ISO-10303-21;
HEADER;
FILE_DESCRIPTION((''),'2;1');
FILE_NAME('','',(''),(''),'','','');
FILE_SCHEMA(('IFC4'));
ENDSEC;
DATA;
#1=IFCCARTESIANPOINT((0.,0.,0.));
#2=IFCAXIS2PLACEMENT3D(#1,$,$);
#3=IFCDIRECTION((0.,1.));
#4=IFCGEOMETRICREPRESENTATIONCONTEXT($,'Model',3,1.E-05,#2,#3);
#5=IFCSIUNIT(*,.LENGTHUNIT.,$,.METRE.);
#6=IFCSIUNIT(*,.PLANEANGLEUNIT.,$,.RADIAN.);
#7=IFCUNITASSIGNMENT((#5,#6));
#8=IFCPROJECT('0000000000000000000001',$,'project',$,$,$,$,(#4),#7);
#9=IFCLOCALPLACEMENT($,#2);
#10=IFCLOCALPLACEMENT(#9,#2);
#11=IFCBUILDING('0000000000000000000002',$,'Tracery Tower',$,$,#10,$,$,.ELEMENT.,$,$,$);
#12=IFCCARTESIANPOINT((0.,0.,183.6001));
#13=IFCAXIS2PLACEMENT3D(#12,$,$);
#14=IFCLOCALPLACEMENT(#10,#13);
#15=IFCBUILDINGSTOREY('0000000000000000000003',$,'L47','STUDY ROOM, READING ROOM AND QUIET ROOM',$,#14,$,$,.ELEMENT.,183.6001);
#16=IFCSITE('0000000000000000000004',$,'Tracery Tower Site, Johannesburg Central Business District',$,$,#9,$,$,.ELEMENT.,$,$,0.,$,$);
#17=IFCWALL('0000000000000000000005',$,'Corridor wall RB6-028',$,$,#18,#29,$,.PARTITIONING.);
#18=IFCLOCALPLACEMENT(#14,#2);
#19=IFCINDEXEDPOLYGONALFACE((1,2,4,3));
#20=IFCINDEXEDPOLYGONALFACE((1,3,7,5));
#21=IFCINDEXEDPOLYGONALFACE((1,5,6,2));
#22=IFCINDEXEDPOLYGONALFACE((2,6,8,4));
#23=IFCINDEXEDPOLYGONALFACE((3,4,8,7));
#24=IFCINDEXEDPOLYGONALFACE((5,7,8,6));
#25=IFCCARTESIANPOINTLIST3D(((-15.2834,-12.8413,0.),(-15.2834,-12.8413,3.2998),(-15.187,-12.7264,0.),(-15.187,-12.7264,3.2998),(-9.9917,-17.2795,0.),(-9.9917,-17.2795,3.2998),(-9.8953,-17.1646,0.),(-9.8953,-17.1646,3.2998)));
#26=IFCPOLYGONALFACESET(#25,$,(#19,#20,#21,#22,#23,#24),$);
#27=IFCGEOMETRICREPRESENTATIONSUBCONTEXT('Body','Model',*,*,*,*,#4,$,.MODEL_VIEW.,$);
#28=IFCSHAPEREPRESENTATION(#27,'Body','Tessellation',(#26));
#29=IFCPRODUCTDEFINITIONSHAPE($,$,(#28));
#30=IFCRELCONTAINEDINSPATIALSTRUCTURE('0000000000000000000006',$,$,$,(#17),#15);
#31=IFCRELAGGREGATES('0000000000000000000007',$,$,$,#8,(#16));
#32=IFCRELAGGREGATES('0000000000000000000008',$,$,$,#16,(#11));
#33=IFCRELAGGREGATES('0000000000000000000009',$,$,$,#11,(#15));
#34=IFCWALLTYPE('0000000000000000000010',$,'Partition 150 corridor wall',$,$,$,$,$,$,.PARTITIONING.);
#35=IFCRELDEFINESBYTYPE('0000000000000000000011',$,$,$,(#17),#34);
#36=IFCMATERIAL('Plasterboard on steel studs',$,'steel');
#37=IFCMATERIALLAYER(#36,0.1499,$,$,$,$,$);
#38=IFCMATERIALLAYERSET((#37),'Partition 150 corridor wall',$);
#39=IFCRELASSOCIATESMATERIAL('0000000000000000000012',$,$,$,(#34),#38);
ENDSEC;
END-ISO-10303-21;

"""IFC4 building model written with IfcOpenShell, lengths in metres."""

from ifc_helpers import new_model, si_unit, direction, frame, frame_2d, origin, place, context, subcontext, project, spatial, rectangle, extrude, material, layer, layer_set, type_object, element, save


model = new_model("IFC4")

# Units and contexts
model_context = context("Model", 3, precision=1e-05, world=origin(), true_north=direction((0.0, 1.0)))
body_context = subcontext(model_context, "Body", "Model", "MODEL_VIEW")
ifc_project = project(units=[si_unit("LENGTHUNIT", "METRE"), si_unit("PLANEANGLEUNIT", "RADIAN")], contexts=[model_context])

# Site, building, storey
site_placement = place(None, origin())
site = spatial("IfcSite", under=ifc_project, at=site_placement, Name="Tracery Tower Site, Johannesburg Central Business District", CompositionType="ELEMENT", RefElevation=0.0)
building_placement = place(site_placement, origin())
building = spatial("IfcBuilding", under=site, at=building_placement, Name="Tracery Tower", CompositionType="ELEMENT")
storey_placement = place(building_placement, frame((0.0, 0.0, 183.6001)))
storey = spatial("IfcBuildingStorey", under=building, at=storey_placement, Name="L47", Description="STUDY ROOM, READING ROOM AND QUIET ROOM", CompositionType="ELEMENT", Elevation=183.6001)

# Wall
ifc_material_1 = material(Name="Plasterboard on steel studs", Category="steel")
ifc_layer_1 = layer(ifc_material_1, 0.1499)
ifc_layer_set_1 = layer_set([ifc_layer_1], Name="Partition 150 corridor wall")
wall_type_1 = type_object("IfcWallType", Name="Partition 150 corridor wall", PredefinedType="PARTITIONING", material=ifc_layer_set_1)
wall_1_placement = place(storey_placement, frame((-15.2351, -12.7839, 0.0), z_axis=(0.0, 0.0, 1.0), x_axis=(0.766192, -0.642612, 0.0)))
element("IfcWall", 1, at=wall_1_placement, inside=storey, type_object=wall_type_1, Name="Corridor wall RB6-028", PredefinedType="PARTITIONING", context=body_context, shape_type="SweptSolid", body=[
    extrude(rectangle(XDim=6.9065, YDim=0.1499, at=frame_2d((3.4531, 0.0))), origin(), (0.0, 0.0, 1.0), 3.2998),
])

save(model, "model.ifc")
